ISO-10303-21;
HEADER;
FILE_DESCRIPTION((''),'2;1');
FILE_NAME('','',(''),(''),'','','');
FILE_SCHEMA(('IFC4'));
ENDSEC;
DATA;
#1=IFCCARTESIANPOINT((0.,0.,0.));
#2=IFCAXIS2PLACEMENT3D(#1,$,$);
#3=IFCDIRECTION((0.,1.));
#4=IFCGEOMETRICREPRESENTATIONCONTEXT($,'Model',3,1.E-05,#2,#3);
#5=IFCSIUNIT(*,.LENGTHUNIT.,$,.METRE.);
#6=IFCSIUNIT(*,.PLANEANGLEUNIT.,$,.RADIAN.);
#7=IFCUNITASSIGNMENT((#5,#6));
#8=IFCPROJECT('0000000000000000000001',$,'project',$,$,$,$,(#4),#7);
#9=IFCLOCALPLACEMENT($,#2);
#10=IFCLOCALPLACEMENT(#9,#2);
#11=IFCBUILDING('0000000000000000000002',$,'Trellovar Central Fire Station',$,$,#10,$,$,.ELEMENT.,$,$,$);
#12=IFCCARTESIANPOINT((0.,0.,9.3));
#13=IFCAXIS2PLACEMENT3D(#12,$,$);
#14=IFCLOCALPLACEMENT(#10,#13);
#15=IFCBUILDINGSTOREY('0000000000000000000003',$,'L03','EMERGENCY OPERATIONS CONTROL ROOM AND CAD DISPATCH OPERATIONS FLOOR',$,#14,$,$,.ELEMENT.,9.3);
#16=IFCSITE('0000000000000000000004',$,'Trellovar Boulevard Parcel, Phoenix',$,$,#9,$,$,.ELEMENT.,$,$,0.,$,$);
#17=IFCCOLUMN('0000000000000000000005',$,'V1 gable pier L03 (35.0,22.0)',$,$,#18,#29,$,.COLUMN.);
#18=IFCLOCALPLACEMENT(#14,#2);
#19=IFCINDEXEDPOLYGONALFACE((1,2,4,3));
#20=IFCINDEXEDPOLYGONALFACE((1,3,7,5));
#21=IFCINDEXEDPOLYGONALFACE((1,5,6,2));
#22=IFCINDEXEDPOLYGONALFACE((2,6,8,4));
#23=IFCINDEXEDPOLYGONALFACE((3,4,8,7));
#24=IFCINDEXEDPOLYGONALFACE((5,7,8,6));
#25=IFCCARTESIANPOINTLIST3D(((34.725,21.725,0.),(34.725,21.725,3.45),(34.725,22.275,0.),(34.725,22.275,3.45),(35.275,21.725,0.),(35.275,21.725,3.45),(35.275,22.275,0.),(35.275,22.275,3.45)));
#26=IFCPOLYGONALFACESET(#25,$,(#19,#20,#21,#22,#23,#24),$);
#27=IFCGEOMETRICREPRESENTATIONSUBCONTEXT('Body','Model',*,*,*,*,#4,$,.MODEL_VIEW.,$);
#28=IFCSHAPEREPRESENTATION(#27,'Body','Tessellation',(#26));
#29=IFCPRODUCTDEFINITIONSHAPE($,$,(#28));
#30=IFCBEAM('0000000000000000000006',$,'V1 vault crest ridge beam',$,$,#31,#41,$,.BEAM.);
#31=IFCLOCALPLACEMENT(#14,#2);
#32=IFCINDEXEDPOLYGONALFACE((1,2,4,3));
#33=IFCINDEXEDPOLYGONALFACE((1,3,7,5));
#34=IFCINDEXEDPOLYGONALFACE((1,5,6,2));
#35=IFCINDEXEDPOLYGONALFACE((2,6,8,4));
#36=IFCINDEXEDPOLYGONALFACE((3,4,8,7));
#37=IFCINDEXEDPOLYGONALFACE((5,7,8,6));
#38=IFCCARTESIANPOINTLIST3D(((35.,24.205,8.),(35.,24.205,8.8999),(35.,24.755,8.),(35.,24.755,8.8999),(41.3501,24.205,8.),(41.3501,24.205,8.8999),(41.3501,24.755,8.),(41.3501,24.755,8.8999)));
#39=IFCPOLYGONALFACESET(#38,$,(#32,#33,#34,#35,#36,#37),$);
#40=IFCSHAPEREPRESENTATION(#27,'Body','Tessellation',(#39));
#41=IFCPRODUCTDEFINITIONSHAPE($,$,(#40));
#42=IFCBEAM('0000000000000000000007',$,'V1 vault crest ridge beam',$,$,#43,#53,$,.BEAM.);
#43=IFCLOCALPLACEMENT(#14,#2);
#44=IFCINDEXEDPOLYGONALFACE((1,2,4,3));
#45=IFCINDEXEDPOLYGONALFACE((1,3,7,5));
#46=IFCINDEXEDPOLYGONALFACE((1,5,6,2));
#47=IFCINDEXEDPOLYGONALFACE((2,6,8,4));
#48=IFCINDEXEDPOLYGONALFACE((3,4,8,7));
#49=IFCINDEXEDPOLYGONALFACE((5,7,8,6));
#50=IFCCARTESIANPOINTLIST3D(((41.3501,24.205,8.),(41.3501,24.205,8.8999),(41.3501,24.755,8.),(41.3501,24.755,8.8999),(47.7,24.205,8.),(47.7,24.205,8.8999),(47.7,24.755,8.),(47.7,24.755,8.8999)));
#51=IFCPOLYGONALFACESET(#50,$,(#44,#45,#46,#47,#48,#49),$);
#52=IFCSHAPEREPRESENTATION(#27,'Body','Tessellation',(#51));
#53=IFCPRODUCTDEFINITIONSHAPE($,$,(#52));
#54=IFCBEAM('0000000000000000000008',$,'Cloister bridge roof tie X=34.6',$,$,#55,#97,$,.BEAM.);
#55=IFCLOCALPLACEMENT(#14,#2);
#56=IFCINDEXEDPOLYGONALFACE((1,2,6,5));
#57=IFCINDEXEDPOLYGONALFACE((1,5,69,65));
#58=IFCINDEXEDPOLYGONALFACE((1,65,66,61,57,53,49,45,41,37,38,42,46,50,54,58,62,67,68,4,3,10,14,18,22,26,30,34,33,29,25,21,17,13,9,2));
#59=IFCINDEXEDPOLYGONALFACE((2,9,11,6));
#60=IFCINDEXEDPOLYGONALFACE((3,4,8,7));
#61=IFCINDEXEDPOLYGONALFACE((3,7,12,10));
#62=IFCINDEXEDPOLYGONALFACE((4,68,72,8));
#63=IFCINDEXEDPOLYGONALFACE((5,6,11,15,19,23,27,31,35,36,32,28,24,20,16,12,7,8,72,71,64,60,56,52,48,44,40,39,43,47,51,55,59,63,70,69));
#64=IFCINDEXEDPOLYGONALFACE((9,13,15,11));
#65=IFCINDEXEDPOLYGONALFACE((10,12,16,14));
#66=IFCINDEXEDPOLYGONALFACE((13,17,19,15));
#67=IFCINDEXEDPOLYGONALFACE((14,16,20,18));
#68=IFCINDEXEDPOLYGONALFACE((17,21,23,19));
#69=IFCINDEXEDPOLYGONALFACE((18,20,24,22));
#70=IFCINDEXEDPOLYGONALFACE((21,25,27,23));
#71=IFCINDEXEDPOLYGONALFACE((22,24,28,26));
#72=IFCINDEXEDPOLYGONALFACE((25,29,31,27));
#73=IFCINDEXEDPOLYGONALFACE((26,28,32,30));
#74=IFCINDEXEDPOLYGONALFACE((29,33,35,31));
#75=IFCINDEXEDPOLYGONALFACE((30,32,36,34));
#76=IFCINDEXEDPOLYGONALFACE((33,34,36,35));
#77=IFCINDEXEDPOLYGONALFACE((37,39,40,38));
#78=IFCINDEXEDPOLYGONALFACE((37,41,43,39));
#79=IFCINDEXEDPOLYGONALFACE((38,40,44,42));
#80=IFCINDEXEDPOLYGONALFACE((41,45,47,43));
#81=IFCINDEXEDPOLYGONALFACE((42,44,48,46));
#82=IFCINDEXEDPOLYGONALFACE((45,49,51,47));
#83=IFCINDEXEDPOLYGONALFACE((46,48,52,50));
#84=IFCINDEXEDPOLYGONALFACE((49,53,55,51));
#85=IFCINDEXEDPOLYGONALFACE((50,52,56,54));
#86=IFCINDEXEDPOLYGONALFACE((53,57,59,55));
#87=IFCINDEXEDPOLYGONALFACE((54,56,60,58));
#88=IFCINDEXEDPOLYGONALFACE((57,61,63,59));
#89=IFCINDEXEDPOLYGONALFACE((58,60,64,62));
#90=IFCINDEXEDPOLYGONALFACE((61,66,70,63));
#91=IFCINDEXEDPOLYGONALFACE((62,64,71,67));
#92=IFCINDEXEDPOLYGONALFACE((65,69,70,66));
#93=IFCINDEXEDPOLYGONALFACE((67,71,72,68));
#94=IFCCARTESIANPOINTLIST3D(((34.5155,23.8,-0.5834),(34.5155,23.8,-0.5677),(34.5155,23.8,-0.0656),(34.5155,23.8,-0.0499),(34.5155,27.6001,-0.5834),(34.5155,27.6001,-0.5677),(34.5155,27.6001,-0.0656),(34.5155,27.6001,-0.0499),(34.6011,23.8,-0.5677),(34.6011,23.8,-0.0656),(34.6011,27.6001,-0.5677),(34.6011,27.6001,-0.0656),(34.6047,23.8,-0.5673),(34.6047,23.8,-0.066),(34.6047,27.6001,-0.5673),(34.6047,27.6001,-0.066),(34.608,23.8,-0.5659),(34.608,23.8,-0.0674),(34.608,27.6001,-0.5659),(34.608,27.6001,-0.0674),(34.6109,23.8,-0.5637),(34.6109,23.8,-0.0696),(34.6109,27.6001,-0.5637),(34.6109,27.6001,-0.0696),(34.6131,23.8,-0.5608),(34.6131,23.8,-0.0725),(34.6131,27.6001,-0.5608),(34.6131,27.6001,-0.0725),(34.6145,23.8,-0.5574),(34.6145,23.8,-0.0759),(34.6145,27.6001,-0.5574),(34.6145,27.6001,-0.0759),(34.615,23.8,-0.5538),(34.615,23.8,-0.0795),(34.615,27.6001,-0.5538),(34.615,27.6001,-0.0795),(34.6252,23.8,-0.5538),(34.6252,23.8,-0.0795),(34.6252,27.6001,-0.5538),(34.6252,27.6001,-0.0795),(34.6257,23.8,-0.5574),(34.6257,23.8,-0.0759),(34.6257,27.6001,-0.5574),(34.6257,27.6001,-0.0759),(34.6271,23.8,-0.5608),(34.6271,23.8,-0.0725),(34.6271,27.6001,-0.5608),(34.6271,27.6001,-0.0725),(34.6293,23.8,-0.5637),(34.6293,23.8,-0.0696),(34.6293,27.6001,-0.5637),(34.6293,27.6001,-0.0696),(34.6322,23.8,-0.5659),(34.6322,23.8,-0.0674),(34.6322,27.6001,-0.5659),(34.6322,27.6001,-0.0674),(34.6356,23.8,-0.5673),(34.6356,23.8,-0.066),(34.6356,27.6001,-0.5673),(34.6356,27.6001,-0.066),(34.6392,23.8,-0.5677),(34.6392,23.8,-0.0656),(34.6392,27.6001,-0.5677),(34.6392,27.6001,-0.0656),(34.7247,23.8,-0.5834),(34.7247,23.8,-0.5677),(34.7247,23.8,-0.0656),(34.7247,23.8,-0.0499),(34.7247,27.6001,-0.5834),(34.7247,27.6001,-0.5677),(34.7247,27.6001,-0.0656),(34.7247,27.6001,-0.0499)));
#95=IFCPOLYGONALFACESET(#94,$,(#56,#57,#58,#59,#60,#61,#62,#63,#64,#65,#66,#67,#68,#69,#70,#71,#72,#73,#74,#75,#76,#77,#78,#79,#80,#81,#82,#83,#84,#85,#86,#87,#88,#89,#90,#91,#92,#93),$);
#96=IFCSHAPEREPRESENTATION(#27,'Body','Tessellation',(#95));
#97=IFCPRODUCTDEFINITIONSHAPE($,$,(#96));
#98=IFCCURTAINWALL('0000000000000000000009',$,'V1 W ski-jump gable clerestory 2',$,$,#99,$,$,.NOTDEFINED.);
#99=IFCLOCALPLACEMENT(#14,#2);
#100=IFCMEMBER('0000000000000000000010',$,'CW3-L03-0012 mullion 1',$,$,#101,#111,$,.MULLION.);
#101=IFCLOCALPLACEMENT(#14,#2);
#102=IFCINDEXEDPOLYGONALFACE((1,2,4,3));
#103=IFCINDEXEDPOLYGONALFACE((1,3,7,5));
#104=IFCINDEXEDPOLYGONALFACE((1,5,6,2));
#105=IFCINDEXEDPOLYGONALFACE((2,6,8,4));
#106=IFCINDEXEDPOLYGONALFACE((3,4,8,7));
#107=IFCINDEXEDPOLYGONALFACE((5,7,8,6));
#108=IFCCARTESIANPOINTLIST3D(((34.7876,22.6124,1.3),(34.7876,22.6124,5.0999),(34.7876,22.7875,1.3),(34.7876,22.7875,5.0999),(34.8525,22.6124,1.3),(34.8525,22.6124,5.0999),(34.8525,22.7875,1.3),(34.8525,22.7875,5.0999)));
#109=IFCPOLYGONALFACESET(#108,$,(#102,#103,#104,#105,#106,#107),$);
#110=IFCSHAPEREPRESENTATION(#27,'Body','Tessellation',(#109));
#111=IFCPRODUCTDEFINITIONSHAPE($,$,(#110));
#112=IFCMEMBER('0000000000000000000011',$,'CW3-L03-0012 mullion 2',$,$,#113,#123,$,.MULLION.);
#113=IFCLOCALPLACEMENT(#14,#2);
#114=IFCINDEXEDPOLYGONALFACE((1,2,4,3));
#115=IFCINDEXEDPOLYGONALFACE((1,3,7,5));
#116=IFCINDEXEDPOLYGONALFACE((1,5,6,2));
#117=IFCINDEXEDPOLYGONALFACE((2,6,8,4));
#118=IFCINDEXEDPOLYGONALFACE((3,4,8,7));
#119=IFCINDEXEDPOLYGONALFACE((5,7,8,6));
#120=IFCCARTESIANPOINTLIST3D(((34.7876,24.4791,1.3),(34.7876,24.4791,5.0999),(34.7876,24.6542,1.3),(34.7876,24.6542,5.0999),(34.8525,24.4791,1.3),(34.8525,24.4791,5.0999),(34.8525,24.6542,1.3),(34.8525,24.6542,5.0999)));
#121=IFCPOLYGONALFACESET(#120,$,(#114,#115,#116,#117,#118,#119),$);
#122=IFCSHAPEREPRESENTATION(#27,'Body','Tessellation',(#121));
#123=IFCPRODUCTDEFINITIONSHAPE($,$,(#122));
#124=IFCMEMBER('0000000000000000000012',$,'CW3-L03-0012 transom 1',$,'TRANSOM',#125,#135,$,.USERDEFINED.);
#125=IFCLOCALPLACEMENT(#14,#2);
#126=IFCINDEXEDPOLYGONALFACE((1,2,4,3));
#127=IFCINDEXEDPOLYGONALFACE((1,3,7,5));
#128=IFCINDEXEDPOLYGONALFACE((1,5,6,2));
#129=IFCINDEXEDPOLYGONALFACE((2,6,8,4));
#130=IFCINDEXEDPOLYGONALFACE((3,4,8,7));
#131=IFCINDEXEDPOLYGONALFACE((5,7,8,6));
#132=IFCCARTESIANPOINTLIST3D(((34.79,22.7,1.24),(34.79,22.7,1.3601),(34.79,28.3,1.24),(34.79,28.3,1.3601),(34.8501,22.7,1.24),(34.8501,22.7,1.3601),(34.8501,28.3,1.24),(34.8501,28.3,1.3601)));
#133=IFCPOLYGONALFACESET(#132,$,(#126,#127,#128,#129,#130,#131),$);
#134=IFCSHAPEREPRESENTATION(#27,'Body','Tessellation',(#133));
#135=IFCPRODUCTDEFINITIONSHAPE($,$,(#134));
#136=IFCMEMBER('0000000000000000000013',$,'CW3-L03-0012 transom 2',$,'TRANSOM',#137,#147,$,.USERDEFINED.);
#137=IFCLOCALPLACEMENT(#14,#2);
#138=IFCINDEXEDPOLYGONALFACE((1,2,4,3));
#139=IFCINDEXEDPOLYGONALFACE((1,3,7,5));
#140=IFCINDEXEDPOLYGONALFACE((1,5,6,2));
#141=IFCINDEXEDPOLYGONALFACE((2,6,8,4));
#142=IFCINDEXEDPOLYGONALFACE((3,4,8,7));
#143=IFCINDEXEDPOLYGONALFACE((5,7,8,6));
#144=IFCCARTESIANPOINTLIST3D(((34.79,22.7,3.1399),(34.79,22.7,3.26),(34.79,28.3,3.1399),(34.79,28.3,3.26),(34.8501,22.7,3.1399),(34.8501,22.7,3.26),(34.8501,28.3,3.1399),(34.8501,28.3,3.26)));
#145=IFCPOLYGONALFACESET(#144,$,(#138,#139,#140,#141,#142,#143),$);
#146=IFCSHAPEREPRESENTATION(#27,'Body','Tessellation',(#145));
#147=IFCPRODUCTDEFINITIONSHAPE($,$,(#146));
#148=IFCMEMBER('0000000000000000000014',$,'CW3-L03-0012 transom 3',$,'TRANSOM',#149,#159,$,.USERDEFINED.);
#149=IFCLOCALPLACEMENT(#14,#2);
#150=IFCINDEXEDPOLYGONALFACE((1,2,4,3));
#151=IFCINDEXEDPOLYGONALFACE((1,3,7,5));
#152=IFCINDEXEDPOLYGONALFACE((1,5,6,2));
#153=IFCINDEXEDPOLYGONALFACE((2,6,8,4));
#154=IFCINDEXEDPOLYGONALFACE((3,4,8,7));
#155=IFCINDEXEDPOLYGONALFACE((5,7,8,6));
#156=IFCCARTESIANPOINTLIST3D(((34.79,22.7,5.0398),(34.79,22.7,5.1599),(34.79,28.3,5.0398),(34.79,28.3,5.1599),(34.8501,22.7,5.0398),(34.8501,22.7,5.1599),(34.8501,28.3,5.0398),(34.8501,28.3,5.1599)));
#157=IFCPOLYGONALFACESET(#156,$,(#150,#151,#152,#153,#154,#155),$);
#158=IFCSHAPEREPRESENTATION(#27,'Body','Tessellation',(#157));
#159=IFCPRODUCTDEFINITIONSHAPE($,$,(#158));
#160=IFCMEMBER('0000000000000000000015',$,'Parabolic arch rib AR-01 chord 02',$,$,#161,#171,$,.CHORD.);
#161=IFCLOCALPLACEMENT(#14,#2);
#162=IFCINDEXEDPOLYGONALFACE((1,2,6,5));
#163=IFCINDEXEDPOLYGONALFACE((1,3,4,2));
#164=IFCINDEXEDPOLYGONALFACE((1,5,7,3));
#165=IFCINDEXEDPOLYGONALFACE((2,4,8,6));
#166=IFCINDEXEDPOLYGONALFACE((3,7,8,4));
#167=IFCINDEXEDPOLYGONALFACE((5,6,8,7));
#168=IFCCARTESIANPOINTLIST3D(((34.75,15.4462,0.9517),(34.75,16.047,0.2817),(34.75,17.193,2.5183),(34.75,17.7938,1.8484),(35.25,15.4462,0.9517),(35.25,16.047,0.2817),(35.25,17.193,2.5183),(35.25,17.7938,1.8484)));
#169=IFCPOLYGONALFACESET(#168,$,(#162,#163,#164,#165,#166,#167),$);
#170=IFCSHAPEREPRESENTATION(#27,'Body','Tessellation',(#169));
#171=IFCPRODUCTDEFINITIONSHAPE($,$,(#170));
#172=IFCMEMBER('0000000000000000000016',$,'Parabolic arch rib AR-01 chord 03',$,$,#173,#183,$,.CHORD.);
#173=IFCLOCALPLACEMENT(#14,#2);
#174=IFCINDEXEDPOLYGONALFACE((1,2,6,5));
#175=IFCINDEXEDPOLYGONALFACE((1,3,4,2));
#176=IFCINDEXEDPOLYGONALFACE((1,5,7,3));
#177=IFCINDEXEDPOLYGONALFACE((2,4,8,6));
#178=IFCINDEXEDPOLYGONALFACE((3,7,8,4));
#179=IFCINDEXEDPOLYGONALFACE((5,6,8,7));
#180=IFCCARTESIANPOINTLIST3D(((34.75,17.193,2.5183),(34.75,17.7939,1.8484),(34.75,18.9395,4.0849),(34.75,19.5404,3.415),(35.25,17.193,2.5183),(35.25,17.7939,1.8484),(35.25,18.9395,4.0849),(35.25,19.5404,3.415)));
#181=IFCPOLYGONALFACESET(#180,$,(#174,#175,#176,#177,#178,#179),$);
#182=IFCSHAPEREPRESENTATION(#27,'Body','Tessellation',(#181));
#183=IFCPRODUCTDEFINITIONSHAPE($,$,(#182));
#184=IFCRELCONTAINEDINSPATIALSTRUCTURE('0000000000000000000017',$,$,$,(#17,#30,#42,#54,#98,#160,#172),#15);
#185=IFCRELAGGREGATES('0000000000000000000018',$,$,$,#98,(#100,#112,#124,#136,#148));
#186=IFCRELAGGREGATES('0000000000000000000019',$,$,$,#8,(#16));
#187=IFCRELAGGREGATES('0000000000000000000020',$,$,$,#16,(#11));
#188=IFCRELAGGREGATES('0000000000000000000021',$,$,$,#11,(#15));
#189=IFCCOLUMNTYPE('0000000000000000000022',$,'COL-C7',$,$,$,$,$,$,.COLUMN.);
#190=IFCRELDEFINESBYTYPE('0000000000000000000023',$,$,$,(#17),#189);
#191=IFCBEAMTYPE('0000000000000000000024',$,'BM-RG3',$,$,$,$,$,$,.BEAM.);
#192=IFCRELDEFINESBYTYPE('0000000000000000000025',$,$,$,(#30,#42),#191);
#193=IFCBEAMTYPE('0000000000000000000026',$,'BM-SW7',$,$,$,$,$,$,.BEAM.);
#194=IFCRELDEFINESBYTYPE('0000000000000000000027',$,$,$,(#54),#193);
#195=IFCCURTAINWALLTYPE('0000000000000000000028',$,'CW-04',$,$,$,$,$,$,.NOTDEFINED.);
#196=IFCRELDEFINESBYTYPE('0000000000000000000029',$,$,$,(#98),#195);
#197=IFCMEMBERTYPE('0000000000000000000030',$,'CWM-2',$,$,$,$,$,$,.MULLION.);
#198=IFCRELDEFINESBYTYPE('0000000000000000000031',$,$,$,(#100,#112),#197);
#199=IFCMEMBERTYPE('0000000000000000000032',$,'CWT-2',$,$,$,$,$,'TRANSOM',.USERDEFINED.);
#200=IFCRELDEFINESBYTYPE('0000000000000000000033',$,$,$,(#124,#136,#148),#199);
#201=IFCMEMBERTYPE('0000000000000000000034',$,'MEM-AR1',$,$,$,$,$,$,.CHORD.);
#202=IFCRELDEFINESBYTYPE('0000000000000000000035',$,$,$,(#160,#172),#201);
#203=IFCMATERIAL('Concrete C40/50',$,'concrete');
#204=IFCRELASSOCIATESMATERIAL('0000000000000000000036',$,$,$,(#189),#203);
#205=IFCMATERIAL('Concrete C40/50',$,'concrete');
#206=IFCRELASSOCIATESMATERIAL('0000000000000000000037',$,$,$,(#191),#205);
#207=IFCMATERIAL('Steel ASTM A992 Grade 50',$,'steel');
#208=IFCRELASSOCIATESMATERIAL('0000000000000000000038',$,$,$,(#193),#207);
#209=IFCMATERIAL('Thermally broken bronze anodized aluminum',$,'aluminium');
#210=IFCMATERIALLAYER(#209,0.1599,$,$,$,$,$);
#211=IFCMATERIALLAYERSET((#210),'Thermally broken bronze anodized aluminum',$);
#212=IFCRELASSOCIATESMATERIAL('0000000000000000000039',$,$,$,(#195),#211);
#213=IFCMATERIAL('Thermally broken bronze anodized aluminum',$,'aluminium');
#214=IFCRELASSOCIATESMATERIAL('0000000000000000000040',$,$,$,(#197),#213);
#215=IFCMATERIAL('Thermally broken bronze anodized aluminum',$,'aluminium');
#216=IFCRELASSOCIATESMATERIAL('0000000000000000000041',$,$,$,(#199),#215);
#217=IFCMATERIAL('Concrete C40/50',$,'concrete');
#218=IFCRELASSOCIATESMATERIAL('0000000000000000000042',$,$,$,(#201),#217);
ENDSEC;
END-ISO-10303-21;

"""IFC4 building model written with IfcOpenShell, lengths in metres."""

from ifc_helpers import new_model, si_unit, direction, frame, origin, origin_2d, place, context, subcontext, project, spatial, rectangle, i_section, extrude, material, layer, layer_set, material_profile, profile_set, type_object, element, aggregate, save


model = new_model("IFC4")

# Units and contexts
model_context = context("Model", 3, precision=1e-05, world=origin(), true_north=direction((0.0, 1.0)))
body_context = subcontext(model_context, "Body", "Model", "MODEL_VIEW")
ifc_project = project(units=[si_unit("LENGTHUNIT", "METRE"), si_unit("PLANEANGLEUNIT", "RADIAN")], contexts=[model_context])

# Site, building, storey
site_placement = place(None, origin())
site = spatial("IfcSite", under=ifc_project, at=site_placement, Name="Trellovar Boulevard Parcel, Phoenix", CompositionType="ELEMENT", RefElevation=0.0)
building_placement = place(site_placement, origin())
building = spatial("IfcBuilding", under=site, at=building_placement, Name="Trellovar Central Fire Station", CompositionType="ELEMENT")
storey_placement = place(building_placement, frame((0.0, 0.0, 9.3)))
storey = spatial("IfcBuildingStorey", under=building, at=storey_placement, Name="L03", Description="EMERGENCY OPERATIONS CONTROL ROOM AND CAD DISPATCH OPERATIONS FLOOR", CompositionType="ELEMENT", Elevation=9.3)

# Column
ifc_material_1 = material(Name="Concrete C40/50", Category="concrete")
ifc_material_profile_1 = material_profile(ifc_material_1, rectangle(XDim=0.55, YDim=0.55, at=origin_2d()), Name="RC550X550")
ifc_profile_set_1 = profile_set([ifc_material_profile_1], Name="Concrete C40/50")
column_type = type_object("IfcColumnType", Name="COL-C7", PredefinedType="COLUMN", material=ifc_profile_set_1)
column_placement = place(storey_placement, frame((35.0, 22.0, 0.0), z_axis=(0.0, 0.0, 1.0), x_axis=(1.0, 0.0, 0.0)))
element("IfcColumn", 1, at=column_placement, inside=storey, type_object=column_type, Name="V1 gable pier L03 (35.0,22.0)", PredefinedType="COLUMN", context=body_context, shape_type="SweptSolid", body=[
    extrude(rectangle(XDim=0.55, YDim=0.55, at=origin_2d()), origin(), (0.0, 0.0, 1.0), 3.45),
])

# Beams
ifc_material_2 = material(Name="Concrete C40/50", Category="concrete")
ifc_material_profile_2 = material_profile(ifc_material_2, rectangle(XDim=0.55, YDim=0.8999, at=origin_2d()), Name="RC550X900")
ifc_profile_set_2 = profile_set([ifc_material_profile_2], Name="Concrete C40/50")
beam_type_1 = type_object("IfcBeamType", Name="BM-RG3", PredefinedType="BEAM", material=ifc_profile_set_2)
beam_1_placement = place(storey_placement, frame((35.0, 24.48, 8.45), z_axis=(1.0, 0.0, 0.0), x_axis=(0.0, 1.0, 0.0)))
element("IfcBeam", 2, at=beam_1_placement, inside=storey, type_object=beam_type_1, Name="V1 vault crest ridge beam", PredefinedType="BEAM", context=body_context, shape_type="SweptSolid", body=[
    extrude(rectangle(XDim=0.55, YDim=0.8999, at=origin_2d()), origin(), (0.0, 0.0, 1.0), 6.3501),
])
beam_2_placement = place(storey_placement, frame((41.3501, 24.48, 8.45), z_axis=(1.0, 0.0, 0.0), x_axis=(0.0, 1.0, 0.0)))
element("IfcBeam", 3, at=beam_2_placement, inside=storey, type_object=beam_type_1, Name="V1 vault crest ridge beam", PredefinedType="BEAM", context=body_context, shape_type="SweptSolid", body=[
    extrude(rectangle(XDim=0.55, YDim=0.8999, at=origin_2d()), origin(), (0.0, 0.0, 1.0), 6.3499),
])
ifc_material_3 = material(Name="Steel ASTM A992 Grade 50", Category="steel")
ifc_material_profile_3 = material_profile(ifc_material_3, i_section(OverallWidth=0.2092, OverallDepth=0.5334, WebThickness=0.0103, FlangeThickness=0.0156, FilletRadius=0.0139, at=origin_2d()), Name="W21X62")
ifc_profile_set_3 = profile_set([ifc_material_profile_3], Name="Steel ASTM A992 Grade 50")
beam_type_2 = type_object("IfcBeamType", Name="BM-SW7", PredefinedType="BEAM", material=ifc_profile_set_3)
beam_3_placement = place(storey_placement, frame((34.6201, 23.8, -0.3167), z_axis=(0.0, 1.0, 0.0), x_axis=(-1.0, 0.0, 0.0)))
element("IfcBeam", 4, at=beam_3_placement, inside=storey, type_object=beam_type_2, Name="Cloister bridge roof tie X=34.6", PredefinedType="BEAM", context=body_context, shape_type="SweptSolid", body=[
    extrude(i_section(OverallWidth=0.2092, OverallDepth=0.5334, WebThickness=0.0103, FlangeThickness=0.0156, FilletRadius=0.0139, at=origin_2d()), origin(), (0.0, 0.0, 1.0), 3.8),
])

# Curtain wall, members
ifc_material_4 = material(Name="Thermally broken bronze anodized aluminum", Category="aluminium")
ifc_layer_1 = layer(ifc_material_4, 0.1599)
ifc_layer_set_1 = layer_set([ifc_layer_1], Name="Thermally broken bronze anodized aluminum")
curtain_wall_type = type_object("IfcCurtainWallType", Name="CW-04", PredefinedType="NOTDEFINED", material=ifc_layer_set_1)
curtain_wall_placement = place(storey_placement, origin())
curtain_wall = element("IfcCurtainWall", 5, at=curtain_wall_placement, inside=storey, type_object=curtain_wall_type, Name="V1 W ski-jump gable clerestory 2", PredefinedType="NOTDEFINED")
ifc_material_5 = material(Name="Thermally broken bronze anodized aluminum", Category="aluminium")
ifc_material_profile_4 = material_profile(ifc_material_5, rectangle(XDim=0.0649, YDim=0.175, at=origin_2d()), Name="ALU65X175")
ifc_profile_set_4 = profile_set([ifc_material_profile_4], Name="Thermally broken bronze anodized aluminum")
member_type_1 = type_object("IfcMemberType", Name="CWM-2", PredefinedType="MULLION", material=ifc_profile_set_4)
member_1_placement = place(storey_placement, frame((34.8201, 22.7, 1.3), z_axis=(0.0, 0.0, 1.0), x_axis=(1.0, 0.0, 0.0)))
member_1 = element("IfcMember", 6, at=member_1_placement, type_object=member_type_1, Name="CW3-L03-0012 mullion 1", PredefinedType="MULLION", context=body_context, shape_type="SweptSolid", body=[
    extrude(rectangle(XDim=0.0649, YDim=0.175, at=origin_2d()), origin(), (0.0, 0.0, 1.0), 3.7998),
])
member_2_placement = place(storey_placement, frame((34.8201, 24.5667, 1.3), z_axis=(0.0, 0.0, 1.0), x_axis=(1.0, 0.0, 0.0)))
member_2 = element("IfcMember", 7, at=member_2_placement, type_object=member_type_1, Name="CW3-L03-0012 mullion 2", PredefinedType="MULLION", context=body_context, shape_type="SweptSolid", body=[
    extrude(rectangle(XDim=0.0649, YDim=0.175, at=origin_2d()), origin(), (0.0, 0.0, 1.0), 3.7998),
])
ifc_material_6 = material(Name="Thermally broken bronze anodized aluminum", Category="aluminium")
ifc_material_profile_5 = material_profile(ifc_material_6, rectangle(XDim=0.0601, YDim=0.1201, at=origin_2d()), Name="ALU60X120")
ifc_profile_set_5 = profile_set([ifc_material_profile_5], Name="Thermally broken bronze anodized aluminum")
member_type_2 = type_object("IfcMemberType", Name="CWT-2", ElementType="TRANSOM", PredefinedType="USERDEFINED", material=ifc_profile_set_5)
member_3_placement = place(storey_placement, frame((34.8201, 22.7, 1.3), z_axis=(0.0, 1.0, 0.0), x_axis=(-1.0, 0.0, 0.0)))
member_3 = element("IfcMember", 8, at=member_3_placement, type_object=member_type_2, Name="CW3-L03-0012 transom 1", ObjectType="TRANSOM", PredefinedType="USERDEFINED", context=body_context, shape_type="SweptSolid", body=[
    extrude(rectangle(XDim=0.0601, YDim=0.1201, at=origin_2d()), origin(), (0.0, 0.0, 1.0), 5.6001),
])
member_4_placement = place(storey_placement, frame((34.8201, 22.7, 3.2), z_axis=(0.0, 1.0, 0.0), x_axis=(-1.0, 0.0, 0.0)))
member_4 = element("IfcMember", 9, at=member_4_placement, type_object=member_type_2, Name="CW3-L03-0012 transom 2", ObjectType="TRANSOM", PredefinedType="USERDEFINED", context=body_context, shape_type="SweptSolid", body=[
    extrude(rectangle(XDim=0.0601, YDim=0.1201, at=origin_2d()), origin(), (0.0, 0.0, 1.0), 5.6001),
])
member_5_placement = place(storey_placement, frame((34.8201, 22.7, 5.0999), z_axis=(0.0, 1.0, 0.0), x_axis=(-1.0, 0.0, 0.0)))
member_5 = element("IfcMember", 10, at=member_5_placement, type_object=member_type_2, Name="CW3-L03-0012 transom 3", ObjectType="TRANSOM", PredefinedType="USERDEFINED", context=body_context, shape_type="SweptSolid", body=[
    extrude(rectangle(XDim=0.0601, YDim=0.1201, at=origin_2d()), origin(), (0.0, 0.0, 1.0), 5.6001),
])

# Members
ifc_material_7 = material(Name="Concrete C40/50", Category="concrete")
ifc_material_profile_6 = material_profile(ifc_material_7, rectangle(XDim=0.5, YDim=0.8999, at=origin_2d()), Name="RC500X900")
ifc_profile_set_6 = profile_set([ifc_material_profile_6], Name="Concrete C40/50")
member_type_3 = type_object("IfcMemberType", Name="MEM-AR1", PredefinedType="CHORD", material=ifc_profile_set_6)
member_6_placement = place(storey_placement, frame((35.0, 15.7466, 0.6167), z_axis=(0.0, 0.744457, 0.66767), x_axis=(-1.0, 0.0, 0.0)))
element("IfcMember", 11, at=member_6_placement, inside=storey, type_object=member_type_3, Name="Parabolic arch rib AR-01 chord 02", PredefinedType="CHORD", context=body_context, shape_type="SweptSolid", body=[
    extrude(rectangle(XDim=0.5, YDim=0.8999, at=origin_2d()), origin(), (0.0, 0.0, 1.0), 2.3464),
])
member_7_placement = place(storey_placement, frame((35.0, 17.4934, 2.1833), z_axis=(0.0, 0.744411, 0.667722), x_axis=(-1.0, 0.0, 0.0)))
element("IfcMember", 12, at=member_7_placement, inside=storey, type_object=member_type_3, Name="Parabolic arch rib AR-01 chord 03", PredefinedType="CHORD", context=body_context, shape_type="SweptSolid", body=[
    extrude(rectangle(XDim=0.5, YDim=0.8999, at=origin_2d()), origin(), (0.0, 0.0, 1.0), 2.3462),
])

aggregate(curtain_wall, [member_1, member_2, member_3, member_4, member_5])

save(model, "model.ifc")
